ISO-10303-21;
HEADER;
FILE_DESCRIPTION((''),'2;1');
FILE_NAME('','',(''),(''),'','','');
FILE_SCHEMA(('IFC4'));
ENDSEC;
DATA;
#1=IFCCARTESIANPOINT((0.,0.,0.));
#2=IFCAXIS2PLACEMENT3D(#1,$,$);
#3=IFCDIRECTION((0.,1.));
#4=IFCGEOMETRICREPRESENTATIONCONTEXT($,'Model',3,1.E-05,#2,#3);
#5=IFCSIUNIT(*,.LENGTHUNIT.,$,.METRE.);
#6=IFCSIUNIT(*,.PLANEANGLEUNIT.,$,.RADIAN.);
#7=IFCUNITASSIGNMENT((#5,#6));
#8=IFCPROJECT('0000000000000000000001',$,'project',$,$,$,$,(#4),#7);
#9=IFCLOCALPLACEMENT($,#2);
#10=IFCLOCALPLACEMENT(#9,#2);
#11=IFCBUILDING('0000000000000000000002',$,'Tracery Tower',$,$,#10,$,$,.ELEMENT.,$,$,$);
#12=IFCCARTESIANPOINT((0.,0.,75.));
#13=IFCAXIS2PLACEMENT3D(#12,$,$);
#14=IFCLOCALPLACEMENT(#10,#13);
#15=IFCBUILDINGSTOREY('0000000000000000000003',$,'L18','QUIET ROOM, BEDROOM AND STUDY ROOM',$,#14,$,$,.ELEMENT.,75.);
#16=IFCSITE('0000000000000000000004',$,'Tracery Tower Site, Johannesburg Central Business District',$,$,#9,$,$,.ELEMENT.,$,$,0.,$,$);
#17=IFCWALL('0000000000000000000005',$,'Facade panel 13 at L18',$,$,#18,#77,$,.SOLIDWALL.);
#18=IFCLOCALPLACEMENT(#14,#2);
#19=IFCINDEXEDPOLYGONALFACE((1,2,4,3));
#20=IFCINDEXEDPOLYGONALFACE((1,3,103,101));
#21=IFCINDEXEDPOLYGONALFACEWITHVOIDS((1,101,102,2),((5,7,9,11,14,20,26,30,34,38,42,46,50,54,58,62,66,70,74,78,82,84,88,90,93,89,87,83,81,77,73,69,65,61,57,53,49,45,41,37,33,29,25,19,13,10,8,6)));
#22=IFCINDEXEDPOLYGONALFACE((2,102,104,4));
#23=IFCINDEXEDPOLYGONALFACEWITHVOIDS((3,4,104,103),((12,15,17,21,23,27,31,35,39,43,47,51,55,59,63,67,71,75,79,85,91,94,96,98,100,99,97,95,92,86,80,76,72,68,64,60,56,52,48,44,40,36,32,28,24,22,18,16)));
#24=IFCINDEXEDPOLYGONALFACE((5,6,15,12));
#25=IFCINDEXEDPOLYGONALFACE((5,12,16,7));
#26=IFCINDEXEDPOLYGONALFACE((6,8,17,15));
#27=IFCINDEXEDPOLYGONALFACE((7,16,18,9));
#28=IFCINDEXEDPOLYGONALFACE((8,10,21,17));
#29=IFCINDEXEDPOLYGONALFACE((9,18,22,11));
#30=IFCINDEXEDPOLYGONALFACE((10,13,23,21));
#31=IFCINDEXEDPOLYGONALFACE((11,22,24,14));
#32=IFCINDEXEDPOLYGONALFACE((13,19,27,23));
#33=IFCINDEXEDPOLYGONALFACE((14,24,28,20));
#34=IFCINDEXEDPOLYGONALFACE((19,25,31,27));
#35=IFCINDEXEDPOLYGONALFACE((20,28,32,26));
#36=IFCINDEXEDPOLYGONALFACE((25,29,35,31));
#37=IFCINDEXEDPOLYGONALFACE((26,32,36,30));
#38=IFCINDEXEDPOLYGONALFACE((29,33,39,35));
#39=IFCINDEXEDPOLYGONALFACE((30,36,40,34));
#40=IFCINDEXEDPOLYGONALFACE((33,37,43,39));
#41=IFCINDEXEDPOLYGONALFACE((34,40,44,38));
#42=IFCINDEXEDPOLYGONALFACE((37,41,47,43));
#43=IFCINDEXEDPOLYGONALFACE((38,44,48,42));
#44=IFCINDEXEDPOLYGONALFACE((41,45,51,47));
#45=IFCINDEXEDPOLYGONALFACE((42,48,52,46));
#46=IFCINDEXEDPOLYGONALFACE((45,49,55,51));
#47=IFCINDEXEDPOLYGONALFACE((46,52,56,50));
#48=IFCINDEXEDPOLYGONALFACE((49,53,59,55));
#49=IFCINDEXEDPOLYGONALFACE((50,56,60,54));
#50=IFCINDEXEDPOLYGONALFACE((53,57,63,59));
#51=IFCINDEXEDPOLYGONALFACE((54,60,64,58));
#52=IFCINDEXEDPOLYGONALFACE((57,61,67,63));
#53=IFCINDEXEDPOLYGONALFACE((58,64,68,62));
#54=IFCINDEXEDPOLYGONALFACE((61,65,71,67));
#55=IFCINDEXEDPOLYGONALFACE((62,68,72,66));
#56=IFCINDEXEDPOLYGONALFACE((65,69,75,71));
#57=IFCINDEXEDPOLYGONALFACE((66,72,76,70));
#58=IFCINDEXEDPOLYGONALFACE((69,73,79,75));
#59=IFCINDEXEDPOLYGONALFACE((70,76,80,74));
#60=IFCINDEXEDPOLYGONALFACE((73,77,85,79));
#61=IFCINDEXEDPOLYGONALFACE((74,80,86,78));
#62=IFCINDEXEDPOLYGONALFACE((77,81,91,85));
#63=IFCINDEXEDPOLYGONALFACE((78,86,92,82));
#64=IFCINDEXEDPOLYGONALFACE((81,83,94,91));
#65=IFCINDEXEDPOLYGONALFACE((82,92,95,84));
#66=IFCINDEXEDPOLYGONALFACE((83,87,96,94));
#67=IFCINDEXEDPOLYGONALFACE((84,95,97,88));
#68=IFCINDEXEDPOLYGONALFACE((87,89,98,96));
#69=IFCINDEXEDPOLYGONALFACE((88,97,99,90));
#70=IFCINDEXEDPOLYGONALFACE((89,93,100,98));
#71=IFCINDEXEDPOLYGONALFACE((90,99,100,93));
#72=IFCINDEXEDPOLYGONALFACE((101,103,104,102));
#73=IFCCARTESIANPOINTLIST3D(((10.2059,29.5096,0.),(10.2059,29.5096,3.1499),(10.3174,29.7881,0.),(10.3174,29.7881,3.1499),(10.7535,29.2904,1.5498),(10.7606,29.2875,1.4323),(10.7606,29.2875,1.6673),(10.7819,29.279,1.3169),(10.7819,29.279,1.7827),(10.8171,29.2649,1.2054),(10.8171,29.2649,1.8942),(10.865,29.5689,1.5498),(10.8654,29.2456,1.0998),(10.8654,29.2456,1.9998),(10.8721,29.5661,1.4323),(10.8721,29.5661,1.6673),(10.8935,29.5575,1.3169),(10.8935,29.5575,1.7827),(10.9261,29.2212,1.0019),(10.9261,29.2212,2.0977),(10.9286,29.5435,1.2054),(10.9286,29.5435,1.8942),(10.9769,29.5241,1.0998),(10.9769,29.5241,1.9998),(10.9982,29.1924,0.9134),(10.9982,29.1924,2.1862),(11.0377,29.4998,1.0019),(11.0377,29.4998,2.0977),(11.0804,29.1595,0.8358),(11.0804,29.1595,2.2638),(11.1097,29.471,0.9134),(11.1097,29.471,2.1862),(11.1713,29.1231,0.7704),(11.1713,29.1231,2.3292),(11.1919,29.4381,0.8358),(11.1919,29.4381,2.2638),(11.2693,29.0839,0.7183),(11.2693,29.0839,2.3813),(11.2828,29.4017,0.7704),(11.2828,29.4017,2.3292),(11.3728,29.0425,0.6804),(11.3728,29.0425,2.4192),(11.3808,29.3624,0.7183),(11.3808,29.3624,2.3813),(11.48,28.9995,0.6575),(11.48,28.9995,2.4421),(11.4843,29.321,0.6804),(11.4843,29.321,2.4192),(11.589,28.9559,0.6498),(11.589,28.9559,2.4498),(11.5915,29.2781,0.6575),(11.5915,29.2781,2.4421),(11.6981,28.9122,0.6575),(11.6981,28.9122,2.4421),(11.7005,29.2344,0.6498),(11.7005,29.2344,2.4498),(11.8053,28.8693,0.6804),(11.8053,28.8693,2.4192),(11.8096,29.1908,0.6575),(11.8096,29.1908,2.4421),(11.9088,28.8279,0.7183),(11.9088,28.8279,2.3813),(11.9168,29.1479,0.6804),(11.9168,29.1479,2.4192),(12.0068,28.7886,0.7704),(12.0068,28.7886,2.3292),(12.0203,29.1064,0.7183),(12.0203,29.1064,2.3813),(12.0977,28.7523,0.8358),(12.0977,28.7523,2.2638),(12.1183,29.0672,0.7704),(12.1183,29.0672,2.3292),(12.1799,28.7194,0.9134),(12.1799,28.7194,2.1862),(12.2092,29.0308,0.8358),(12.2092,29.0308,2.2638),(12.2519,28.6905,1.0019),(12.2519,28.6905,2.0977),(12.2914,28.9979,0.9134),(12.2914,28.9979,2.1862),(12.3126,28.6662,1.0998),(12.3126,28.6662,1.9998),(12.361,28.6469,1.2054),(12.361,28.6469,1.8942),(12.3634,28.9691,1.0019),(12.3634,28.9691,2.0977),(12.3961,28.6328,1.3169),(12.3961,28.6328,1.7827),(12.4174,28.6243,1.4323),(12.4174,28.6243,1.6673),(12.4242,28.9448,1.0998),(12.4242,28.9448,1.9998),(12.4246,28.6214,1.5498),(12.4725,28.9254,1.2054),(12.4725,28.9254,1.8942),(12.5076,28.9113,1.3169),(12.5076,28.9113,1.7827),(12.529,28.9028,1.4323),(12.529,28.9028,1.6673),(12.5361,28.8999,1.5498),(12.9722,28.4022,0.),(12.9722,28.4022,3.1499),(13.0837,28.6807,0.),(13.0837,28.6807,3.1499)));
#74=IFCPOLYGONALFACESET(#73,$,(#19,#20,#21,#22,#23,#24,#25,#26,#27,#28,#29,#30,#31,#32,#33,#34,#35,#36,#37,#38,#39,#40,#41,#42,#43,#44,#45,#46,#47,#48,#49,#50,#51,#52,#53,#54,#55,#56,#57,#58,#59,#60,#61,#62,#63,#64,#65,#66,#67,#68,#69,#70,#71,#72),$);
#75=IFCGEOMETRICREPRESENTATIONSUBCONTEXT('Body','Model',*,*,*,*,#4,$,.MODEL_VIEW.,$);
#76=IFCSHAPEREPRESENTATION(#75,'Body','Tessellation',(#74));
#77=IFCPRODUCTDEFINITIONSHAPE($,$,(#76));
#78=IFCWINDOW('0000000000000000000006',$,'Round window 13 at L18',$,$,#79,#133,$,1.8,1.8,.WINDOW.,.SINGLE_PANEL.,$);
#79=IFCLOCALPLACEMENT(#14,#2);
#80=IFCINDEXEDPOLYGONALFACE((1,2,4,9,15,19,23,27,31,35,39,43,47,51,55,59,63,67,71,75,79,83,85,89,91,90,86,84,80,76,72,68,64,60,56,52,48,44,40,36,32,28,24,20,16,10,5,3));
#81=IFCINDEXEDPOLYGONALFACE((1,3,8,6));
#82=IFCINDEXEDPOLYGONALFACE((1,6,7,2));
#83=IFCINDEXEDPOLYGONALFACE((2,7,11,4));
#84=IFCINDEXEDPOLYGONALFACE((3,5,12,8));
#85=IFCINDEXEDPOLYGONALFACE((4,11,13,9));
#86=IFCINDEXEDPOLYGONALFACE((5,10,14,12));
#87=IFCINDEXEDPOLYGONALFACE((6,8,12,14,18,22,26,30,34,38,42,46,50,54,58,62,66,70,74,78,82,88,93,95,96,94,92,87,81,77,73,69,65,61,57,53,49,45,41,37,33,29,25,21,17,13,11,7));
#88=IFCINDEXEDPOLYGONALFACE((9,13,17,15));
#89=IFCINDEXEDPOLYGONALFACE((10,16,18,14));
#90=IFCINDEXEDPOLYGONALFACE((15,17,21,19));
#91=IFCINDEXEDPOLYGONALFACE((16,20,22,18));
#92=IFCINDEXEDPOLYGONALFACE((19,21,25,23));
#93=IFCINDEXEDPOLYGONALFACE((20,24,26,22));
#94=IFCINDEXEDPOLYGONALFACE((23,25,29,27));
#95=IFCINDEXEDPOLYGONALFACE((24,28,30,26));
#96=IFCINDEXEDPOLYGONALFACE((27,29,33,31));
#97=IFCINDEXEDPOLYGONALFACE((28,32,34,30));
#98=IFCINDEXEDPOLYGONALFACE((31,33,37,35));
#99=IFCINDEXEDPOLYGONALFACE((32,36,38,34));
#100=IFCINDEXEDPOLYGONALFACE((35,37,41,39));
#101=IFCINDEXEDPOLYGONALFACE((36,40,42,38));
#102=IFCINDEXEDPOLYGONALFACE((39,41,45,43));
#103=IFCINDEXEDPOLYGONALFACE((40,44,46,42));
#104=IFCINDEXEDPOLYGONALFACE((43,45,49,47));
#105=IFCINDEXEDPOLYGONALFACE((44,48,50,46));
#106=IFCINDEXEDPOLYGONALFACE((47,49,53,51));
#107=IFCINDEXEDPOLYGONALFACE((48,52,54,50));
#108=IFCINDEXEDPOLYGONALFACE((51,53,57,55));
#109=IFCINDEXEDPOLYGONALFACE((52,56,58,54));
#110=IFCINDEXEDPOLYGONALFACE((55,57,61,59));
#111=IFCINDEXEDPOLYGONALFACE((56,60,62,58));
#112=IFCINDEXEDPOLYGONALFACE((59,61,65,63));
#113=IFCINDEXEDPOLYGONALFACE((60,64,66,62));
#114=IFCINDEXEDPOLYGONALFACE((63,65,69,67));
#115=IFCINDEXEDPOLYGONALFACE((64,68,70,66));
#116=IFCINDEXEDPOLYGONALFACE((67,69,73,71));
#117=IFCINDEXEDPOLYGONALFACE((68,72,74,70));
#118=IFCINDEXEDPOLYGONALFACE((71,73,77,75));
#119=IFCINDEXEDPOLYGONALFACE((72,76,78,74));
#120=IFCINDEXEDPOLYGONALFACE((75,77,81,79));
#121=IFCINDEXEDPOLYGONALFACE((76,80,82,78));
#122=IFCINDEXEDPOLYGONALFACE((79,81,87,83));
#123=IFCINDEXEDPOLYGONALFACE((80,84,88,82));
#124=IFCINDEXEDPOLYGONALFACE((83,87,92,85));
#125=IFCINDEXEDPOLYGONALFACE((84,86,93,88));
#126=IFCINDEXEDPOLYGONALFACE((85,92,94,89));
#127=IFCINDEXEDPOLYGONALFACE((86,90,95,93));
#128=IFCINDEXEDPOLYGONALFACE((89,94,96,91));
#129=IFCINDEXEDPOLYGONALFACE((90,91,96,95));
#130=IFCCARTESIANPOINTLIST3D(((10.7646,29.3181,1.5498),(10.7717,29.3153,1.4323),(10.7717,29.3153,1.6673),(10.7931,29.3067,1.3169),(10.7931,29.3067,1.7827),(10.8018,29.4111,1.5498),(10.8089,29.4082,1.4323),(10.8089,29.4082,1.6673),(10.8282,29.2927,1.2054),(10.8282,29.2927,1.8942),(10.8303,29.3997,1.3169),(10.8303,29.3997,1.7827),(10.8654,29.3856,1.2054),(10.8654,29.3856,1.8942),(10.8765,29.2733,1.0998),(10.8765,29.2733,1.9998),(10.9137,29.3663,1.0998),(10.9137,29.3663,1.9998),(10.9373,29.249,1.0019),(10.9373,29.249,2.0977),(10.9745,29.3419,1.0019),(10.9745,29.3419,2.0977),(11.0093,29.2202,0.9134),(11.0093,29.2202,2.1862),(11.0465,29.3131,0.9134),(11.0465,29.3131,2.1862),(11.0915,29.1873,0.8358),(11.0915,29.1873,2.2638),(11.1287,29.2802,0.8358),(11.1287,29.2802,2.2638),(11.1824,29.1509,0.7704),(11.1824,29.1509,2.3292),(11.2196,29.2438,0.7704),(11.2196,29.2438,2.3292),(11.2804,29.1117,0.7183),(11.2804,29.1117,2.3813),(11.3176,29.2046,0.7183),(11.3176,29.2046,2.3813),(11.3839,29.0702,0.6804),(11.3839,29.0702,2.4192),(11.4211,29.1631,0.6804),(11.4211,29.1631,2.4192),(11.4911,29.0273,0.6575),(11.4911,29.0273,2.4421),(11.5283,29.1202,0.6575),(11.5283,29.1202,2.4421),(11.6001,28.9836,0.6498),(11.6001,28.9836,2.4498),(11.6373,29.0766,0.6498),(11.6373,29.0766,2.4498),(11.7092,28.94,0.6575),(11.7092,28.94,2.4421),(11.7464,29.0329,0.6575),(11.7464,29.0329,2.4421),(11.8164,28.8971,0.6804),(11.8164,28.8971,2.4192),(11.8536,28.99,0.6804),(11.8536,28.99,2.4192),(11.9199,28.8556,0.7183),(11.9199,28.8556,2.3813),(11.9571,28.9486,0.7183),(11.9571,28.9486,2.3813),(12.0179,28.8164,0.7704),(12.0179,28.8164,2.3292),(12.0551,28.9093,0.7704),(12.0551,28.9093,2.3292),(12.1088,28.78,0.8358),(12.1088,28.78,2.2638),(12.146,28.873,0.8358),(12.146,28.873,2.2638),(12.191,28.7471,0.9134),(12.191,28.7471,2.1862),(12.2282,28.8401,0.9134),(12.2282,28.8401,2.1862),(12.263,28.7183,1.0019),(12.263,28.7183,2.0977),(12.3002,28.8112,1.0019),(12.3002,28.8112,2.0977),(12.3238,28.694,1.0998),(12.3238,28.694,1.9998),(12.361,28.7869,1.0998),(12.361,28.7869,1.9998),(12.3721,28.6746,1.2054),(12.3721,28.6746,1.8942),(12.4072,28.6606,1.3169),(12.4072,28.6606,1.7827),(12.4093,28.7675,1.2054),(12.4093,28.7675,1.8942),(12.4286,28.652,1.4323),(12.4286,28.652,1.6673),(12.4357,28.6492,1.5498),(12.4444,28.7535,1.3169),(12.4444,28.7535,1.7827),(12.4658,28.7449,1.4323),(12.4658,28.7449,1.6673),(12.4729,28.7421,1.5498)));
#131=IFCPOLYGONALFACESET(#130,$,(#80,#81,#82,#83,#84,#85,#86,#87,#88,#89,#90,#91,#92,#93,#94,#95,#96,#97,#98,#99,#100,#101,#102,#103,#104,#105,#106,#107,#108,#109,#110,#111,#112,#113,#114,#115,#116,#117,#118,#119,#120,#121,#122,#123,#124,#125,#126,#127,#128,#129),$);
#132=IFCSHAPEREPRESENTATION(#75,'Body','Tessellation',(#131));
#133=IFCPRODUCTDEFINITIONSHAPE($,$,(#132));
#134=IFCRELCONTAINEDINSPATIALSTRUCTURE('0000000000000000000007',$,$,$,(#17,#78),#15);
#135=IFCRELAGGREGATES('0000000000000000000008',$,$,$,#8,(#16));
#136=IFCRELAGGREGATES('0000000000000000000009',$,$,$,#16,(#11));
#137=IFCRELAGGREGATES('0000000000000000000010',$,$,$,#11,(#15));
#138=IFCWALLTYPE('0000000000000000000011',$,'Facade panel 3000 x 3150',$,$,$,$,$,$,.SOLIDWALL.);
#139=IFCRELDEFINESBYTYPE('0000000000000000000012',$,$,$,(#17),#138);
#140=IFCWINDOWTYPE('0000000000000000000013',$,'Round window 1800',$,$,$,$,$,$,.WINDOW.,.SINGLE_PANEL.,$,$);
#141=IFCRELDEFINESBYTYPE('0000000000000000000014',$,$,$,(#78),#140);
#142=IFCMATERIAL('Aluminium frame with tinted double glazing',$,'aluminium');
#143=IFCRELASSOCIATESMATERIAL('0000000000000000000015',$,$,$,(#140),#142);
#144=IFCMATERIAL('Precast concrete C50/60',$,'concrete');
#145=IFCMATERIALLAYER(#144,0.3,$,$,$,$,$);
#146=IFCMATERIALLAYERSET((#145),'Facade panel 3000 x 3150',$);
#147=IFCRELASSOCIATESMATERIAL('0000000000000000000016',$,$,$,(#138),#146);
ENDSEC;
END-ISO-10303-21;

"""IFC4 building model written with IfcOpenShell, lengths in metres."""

from ifc_helpers import new_model, si_unit, direction, frame, frame_2d, origin, origin_2d, place, context, subcontext, project, spatial, rectangle, circle, extrude, material, layer, layer_set, type_object, element, fill, save


model = new_model("IFC4")

# Units and contexts
model_context = context("Model", 3, precision=1e-05, world=origin(), true_north=direction((0.0, 1.0)))
body_context = subcontext(model_context, "Body", "Model", "MODEL_VIEW")
ifc_project = project(units=[si_unit("LENGTHUNIT", "METRE"), si_unit("PLANEANGLEUNIT", "RADIAN")], contexts=[model_context])

# Site, building, storey
site_placement = place(None, origin())
site = spatial("IfcSite", under=ifc_project, at=site_placement, Name="Tracery Tower Site, Johannesburg Central Business District", CompositionType="ELEMENT", RefElevation=0.0)
building_placement = place(site_placement, origin())
building = spatial("IfcBuilding", under=site, at=building_placement, Name="Tracery Tower", CompositionType="ELEMENT")
storey_placement = place(building_placement, frame((0.0, 0.0, 75.0)))
storey = spatial("IfcBuildingStorey", under=building, at=storey_placement, Name="L18", Description="QUIET ROOM, BEDROOM AND STUDY ROOM", CompositionType="ELEMENT", Elevation=75.0)

# Wall, opening, window
ifc_material_1 = material(Name="Aluminium frame with tinted double glazing", Category="aluminium")
window_type = type_object("IfcWindowType", Name="Round window 1800", PartitioningType="SINGLE_PANEL", PredefinedType="WINDOW", material=ifc_material_1)
ifc_material_2 = material(Name="Precast concrete C50/60", Category="concrete")
ifc_layer_1 = layer(ifc_material_2, 0.3)
ifc_layer_set_1 = layer_set([ifc_layer_1], Name="Facade panel 3000 x 3150")
wall_type_1 = type_object("IfcWallType", Name="Facade panel 3000 x 3150", PredefinedType="SOLIDWALL", material=ifc_layer_set_1)
wall_1_placement = place(storey_placement, frame((13.0278, 28.5415, 0.0), z_axis=(0.0, 0.0, 1.0), x_axis=(-0.928375, 0.371645, 0.0)))
wall_1 = element("IfcWall", 1, at=wall_1_placement, inside=storey, type_object=wall_type_1, Name="Facade panel 13 at L18", PredefinedType="SOLIDWALL", context=body_context, shape_type="SweptSolid", body=[
    extrude(rectangle(XDim=2.9797, YDim=0.3, at=frame_2d((1.4897, 0.0))), origin(), (0.0, 0.0, 1.0), 3.1499),
])
opening_1_placement = place(wall_1_placement, frame((1.4897, 0.0, 1.5498)))
opening_1 = element("IfcOpeningElement", 2, at=opening_1_placement, cuts=wall_1, PredefinedType="OPENING", context=body_context, shape_type="SweptSolid", body=[
    extrude(circle(Radius=0.9, at=origin_2d()), frame((0.0, 0.1599, 0.0), z_axis=(0.0, -1.0, 0.0), x_axis=(1.0, 0.0, 0.0)), (0.0, 0.0, 1.0), 0.3201),
])
window_1_placement = place(opening_1_placement, origin())
window_1 = element("IfcWindow", 3, at=window_1_placement, inside=storey, type_object=window_type, Name="Round window 13 at L18", OverallHeight=1.8, OverallWidth=1.8, PartitioningType="SINGLE_PANEL", PredefinedType="WINDOW", context=body_context, shape_type="SweptSolid", body=[
    extrude(circle(Radius=0.9, at=origin_2d()), frame((0.0, 0.1201, 0.0), z_axis=(0.0, -1.0, 0.0), x_axis=(1.0, 0.0, 0.0)), (0.0, 0.0, 1.0), 0.1001),
])
fill(opening_1, window_1)

save(model, "model.ifc")
